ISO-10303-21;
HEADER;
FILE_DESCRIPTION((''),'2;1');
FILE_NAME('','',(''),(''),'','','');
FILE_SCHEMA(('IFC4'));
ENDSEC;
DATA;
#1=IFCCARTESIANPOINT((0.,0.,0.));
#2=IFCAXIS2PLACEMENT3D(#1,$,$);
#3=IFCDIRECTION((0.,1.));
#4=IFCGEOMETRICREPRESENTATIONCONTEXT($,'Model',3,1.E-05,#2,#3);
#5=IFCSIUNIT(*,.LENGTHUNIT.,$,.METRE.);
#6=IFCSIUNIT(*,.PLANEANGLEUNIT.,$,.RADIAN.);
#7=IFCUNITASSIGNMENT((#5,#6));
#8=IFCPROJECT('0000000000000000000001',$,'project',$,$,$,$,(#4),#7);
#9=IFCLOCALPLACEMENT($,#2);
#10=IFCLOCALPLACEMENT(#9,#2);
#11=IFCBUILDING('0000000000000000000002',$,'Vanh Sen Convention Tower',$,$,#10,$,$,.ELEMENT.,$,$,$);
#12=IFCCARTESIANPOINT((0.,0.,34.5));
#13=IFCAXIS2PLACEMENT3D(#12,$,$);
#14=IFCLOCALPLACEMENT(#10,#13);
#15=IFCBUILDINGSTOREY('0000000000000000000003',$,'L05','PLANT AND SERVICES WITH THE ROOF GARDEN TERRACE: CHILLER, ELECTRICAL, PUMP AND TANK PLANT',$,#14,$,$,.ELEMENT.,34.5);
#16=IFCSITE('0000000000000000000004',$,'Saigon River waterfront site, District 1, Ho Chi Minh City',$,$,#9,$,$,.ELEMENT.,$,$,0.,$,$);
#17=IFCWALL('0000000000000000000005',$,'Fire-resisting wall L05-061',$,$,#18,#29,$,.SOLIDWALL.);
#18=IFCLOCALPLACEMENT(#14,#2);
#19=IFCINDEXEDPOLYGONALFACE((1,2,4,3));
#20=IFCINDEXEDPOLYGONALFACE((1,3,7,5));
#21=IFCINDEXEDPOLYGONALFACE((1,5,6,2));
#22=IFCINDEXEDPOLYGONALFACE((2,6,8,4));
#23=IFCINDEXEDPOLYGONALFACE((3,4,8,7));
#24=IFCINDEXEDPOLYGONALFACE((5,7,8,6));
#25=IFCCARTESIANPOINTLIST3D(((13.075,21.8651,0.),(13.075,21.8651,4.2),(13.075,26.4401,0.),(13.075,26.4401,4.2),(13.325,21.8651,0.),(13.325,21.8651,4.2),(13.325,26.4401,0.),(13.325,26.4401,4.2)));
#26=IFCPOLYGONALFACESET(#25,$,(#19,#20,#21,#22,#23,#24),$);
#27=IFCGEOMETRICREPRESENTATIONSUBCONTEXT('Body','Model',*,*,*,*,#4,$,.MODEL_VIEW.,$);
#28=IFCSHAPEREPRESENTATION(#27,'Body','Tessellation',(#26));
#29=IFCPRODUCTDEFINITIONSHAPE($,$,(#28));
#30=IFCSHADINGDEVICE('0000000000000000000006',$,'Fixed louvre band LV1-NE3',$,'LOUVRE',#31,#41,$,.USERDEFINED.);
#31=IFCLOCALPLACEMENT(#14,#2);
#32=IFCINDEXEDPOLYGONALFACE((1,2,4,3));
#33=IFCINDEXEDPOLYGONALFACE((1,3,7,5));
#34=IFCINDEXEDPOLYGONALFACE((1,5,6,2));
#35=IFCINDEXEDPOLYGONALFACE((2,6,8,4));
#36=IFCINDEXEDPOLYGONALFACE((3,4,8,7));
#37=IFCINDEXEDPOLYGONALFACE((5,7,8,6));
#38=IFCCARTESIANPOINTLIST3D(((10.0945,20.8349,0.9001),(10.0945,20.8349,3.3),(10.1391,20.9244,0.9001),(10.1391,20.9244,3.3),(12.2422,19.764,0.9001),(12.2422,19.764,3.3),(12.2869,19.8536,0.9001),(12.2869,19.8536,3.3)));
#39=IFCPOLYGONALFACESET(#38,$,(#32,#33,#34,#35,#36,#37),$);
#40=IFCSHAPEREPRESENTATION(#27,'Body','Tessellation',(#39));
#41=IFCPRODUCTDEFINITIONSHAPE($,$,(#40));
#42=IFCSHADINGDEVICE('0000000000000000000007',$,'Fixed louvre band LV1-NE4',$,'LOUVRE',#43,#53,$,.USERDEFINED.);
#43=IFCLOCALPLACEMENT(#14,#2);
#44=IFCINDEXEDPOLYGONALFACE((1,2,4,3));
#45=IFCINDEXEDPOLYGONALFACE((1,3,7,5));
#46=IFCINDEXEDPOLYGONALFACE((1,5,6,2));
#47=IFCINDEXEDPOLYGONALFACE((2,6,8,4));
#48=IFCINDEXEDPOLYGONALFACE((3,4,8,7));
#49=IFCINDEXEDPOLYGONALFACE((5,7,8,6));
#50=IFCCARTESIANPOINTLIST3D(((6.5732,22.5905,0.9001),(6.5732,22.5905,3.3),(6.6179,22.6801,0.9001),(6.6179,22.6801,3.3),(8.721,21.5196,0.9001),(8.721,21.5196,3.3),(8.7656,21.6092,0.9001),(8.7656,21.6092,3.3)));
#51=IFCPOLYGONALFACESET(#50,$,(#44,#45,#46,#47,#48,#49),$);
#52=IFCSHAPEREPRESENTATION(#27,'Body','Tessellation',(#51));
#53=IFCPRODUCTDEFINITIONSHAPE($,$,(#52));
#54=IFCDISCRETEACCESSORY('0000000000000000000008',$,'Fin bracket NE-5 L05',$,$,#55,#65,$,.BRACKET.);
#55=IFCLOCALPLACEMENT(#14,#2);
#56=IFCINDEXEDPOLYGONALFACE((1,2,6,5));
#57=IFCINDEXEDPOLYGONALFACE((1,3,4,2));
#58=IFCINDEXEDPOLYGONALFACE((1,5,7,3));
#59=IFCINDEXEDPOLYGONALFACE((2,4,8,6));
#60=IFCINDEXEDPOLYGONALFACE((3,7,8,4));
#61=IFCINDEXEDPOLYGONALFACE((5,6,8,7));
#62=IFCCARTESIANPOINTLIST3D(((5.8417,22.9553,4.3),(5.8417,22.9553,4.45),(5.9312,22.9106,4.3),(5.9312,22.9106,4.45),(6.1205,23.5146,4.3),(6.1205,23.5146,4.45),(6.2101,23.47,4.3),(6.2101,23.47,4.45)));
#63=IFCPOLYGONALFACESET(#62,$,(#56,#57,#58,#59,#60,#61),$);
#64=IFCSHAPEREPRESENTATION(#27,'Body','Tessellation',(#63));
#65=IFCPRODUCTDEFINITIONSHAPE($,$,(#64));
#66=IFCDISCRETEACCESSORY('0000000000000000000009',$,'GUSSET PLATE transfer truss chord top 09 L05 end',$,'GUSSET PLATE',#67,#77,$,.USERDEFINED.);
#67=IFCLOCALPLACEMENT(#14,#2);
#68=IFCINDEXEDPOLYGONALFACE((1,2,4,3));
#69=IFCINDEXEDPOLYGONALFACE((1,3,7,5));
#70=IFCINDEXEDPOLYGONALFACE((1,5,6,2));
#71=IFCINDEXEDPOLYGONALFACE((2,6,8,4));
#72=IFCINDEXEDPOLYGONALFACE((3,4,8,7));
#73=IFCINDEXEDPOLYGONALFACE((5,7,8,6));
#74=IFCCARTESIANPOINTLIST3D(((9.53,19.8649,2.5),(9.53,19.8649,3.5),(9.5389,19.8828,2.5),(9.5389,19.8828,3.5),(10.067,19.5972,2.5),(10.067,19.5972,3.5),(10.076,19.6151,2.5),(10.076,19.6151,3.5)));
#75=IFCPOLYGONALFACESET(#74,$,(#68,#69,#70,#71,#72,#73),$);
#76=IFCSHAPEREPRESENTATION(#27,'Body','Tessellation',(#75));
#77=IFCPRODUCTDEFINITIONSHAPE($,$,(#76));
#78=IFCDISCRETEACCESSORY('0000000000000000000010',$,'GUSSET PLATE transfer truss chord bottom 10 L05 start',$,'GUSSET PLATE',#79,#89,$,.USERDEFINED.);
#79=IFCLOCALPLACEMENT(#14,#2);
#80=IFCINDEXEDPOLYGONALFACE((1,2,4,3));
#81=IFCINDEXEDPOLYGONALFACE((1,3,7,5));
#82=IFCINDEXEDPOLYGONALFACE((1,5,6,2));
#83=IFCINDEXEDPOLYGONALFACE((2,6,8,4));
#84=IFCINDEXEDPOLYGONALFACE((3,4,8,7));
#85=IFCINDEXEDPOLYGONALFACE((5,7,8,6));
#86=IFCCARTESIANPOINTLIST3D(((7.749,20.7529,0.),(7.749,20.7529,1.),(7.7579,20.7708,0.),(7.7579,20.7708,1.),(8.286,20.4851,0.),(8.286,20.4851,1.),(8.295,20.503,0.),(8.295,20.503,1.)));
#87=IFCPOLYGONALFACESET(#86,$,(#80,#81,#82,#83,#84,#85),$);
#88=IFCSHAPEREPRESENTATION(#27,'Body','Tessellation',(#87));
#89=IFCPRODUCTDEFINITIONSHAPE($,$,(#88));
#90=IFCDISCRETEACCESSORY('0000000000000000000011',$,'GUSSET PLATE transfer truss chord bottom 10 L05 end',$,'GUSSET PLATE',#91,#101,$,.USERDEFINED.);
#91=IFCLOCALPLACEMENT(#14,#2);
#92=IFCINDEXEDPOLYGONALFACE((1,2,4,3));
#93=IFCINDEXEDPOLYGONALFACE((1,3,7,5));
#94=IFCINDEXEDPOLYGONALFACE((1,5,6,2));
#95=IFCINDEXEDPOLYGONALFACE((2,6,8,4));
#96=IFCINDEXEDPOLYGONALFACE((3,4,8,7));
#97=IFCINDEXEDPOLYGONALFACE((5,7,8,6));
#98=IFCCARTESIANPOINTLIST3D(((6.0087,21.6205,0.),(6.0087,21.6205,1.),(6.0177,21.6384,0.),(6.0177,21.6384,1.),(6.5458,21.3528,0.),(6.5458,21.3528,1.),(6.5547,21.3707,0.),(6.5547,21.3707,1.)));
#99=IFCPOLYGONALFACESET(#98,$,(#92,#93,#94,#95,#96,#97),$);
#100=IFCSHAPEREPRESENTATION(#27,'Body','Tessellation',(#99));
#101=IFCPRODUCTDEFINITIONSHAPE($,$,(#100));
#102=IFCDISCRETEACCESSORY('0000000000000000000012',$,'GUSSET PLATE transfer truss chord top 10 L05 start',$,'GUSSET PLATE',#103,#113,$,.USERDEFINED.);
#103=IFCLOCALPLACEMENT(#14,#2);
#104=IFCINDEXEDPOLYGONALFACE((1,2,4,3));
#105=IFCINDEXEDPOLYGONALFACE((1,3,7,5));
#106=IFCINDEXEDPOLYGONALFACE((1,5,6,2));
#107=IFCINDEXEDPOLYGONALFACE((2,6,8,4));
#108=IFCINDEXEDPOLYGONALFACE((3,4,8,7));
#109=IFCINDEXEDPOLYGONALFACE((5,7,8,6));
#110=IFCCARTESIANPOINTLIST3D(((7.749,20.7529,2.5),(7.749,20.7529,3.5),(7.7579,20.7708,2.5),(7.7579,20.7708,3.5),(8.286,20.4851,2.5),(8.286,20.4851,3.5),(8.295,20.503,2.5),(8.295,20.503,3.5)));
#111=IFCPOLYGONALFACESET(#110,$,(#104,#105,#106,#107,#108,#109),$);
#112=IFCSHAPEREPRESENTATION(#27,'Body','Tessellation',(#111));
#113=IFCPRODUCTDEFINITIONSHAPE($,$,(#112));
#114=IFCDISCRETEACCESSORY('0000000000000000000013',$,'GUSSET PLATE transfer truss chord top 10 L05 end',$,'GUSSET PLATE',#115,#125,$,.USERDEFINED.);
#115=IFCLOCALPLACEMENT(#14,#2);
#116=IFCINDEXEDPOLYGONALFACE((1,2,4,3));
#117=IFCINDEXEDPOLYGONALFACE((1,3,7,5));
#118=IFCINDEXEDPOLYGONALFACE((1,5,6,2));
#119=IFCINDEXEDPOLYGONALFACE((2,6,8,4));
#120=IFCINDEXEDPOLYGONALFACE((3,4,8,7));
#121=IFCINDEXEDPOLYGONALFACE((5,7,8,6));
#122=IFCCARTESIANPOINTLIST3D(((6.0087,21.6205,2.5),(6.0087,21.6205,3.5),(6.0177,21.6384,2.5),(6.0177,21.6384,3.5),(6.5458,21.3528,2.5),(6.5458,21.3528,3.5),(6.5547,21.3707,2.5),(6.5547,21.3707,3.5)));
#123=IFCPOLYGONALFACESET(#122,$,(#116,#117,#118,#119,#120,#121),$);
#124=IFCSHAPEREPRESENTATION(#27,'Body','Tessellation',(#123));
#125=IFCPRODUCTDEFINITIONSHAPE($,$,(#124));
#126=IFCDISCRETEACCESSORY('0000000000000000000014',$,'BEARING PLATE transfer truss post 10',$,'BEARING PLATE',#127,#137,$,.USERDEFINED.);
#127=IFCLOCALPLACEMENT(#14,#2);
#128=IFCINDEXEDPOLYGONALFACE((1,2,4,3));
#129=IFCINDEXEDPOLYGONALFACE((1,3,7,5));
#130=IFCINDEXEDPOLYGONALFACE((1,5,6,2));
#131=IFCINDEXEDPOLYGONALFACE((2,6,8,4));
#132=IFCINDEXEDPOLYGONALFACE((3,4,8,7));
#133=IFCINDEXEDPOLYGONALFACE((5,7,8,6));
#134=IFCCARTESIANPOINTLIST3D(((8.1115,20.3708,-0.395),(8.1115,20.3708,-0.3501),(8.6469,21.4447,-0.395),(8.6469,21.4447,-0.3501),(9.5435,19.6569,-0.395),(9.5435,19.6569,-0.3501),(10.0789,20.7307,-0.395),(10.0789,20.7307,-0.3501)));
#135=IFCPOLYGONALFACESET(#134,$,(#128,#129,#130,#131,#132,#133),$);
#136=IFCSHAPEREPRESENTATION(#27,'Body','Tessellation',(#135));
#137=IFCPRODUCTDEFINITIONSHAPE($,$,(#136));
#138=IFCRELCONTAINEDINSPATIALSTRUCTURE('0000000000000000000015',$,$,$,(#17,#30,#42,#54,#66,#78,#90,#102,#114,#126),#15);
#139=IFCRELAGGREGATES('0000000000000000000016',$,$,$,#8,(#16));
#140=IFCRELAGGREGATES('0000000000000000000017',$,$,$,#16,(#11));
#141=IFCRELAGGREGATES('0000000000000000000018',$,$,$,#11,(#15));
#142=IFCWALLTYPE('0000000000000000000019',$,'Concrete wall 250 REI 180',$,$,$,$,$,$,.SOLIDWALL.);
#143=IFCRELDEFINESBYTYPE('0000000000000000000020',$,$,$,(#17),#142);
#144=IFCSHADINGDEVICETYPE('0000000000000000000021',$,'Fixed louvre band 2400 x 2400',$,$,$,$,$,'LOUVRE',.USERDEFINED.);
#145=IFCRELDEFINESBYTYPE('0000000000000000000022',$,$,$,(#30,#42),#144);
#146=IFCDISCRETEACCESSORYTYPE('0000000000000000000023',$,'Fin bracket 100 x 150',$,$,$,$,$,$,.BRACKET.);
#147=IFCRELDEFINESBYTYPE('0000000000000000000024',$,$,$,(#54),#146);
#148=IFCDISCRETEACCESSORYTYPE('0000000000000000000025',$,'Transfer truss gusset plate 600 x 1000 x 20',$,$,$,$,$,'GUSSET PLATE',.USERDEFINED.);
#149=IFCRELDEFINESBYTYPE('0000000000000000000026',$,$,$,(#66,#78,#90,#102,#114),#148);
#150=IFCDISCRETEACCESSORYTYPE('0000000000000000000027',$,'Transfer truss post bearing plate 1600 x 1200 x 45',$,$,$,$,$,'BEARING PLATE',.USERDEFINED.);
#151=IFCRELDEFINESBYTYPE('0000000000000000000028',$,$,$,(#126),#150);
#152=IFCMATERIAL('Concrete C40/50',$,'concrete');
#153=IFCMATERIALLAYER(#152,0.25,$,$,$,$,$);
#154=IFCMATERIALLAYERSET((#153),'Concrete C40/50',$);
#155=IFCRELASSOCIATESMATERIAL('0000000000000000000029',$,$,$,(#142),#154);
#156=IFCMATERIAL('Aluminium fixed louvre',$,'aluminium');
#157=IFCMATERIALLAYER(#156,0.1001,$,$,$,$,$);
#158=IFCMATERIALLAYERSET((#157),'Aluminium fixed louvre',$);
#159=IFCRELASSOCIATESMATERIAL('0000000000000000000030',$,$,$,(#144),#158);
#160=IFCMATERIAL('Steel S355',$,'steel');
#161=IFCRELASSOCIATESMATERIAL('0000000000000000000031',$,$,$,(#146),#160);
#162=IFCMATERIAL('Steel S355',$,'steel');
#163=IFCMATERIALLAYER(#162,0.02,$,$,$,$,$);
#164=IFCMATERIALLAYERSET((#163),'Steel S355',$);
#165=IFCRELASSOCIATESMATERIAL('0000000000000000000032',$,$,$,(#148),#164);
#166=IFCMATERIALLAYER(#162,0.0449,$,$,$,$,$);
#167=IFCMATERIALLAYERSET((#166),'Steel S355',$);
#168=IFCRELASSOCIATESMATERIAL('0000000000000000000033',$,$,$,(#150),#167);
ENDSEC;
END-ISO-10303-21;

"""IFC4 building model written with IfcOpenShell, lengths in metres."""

from ifc_helpers import new_model, si_unit, direction, frame, frame_2d, origin, origin_2d, place, context, subcontext, project, spatial, rectangle, extrude, material, layer, layer_set, type_object, element, save


model = new_model("IFC4")

# Units and contexts
model_context = context("Model", 3, precision=1e-05, world=origin(), true_north=direction((0.0, 1.0)))
body_context = subcontext(model_context, "Body", "Model", "MODEL_VIEW")
ifc_project = project(units=[si_unit("LENGTHUNIT", "METRE"), si_unit("PLANEANGLEUNIT", "RADIAN")], contexts=[model_context])

# Site, building, storey
site_placement = place(None, origin())
site = spatial("IfcSite", under=ifc_project, at=site_placement, Name="Saigon River waterfront site, District 1, Ho Chi Minh City", CompositionType="ELEMENT", RefElevation=0.0)
building_placement = place(site_placement, origin())
building = spatial("IfcBuilding", under=site, at=building_placement, Name="Vanh Sen Convention Tower", CompositionType="ELEMENT")
storey_placement = place(building_placement, frame((0.0, 0.0, 34.5)))
storey = spatial("IfcBuildingStorey", under=building, at=storey_placement, Name="L05", Description="PLANT AND SERVICES WITH THE ROOF GARDEN TERRACE: CHILLER, ELECTRICAL, PUMP AND TANK PLANT", CompositionType="ELEMENT", Elevation=34.5)

# Shared definitions
ifc_material_1 = material(Name="Steel S355", Category="steel")

# Wall
ifc_material_2 = material(Name="Concrete C40/50", Category="concrete")
ifc_layer_1 = layer(ifc_material_2, 0.25)
ifc_layer_set_1 = layer_set([ifc_layer_1], Name="Concrete C40/50")
wall_type = type_object("IfcWallType", Name="Concrete wall 250 REI 180", PredefinedType="SOLIDWALL", material=ifc_layer_set_1)
wall_placement = place(storey_placement, frame((13.2, 21.865, 0.0), z_axis=(0.0, 0.0, 1.0), x_axis=(0.0, 1.0, 0.0)))
element("IfcWall", 1, at=wall_placement, inside=storey, type_object=wall_type, Name="Fire-resisting wall L05-061", PredefinedType="SOLIDWALL", context=body_context, shape_type="SweptSolid", body=[
    extrude(rectangle(XDim=4.575, YDim=0.25, at=frame_2d((2.2876, 0.0))), origin(), (0.0, 0.0, 1.0), 4.2),
])

# Shading devices
ifc_material_3 = material(Name="Aluminium fixed louvre", Category="aluminium")
ifc_layer_2 = layer(ifc_material_3, 0.1001)
ifc_layer_set_2 = layer_set([ifc_layer_2], Name="Aluminium fixed louvre")
shading_device_type = type_object("IfcShadingDeviceType", Name="Fixed louvre band 2400 x 2400", ElementType="LOUVRE", PredefinedType="USERDEFINED", material=ifc_layer_set_2)
for number, where, z_axis, x_axis, name in (
    (2, (11.1907, 20.3442, 0.9001), (0.0, 0.0, 1.0), (-0.894934, 0.446199, 0.0), "Fixed louvre band LV1-NE3"),
    (3, (7.6694, 22.0999, 0.9001), (0.0, 0.0, 1.0), (-0.894934, 0.446199, 0.0), "Fixed louvre band LV1-NE4"),
):
    element("IfcShadingDevice", number, at=place(storey_placement, frame(where, z_axis=z_axis, x_axis=x_axis)), inside=storey, type_object=shading_device_type, Name=name, ObjectType="LOUVRE", PredefinedType="USERDEFINED", context=body_context, shape_type="SweptSolid", body=[
        extrude(rectangle(XDim=2.3999, YDim=0.1001, at=origin_2d()), origin(), (0.0, 0.0, 1.0), 2.3999),
    ])

# Discrete accessories
ifc_material_4 = material(Name="Steel S355", Category="steel")
discrete_accessory_type_1 = type_object("IfcDiscreteAccessoryType", Name="Fin bracket 100 x 150", PredefinedType="BRACKET", material=ifc_material_4)
discrete_accessory_1_placement = place(storey_placement, frame((6.0259, 23.2126, 4.3), z_axis=(0.0, 0.0, 1.0), x_axis=(0.446198, 0.894934, 0.0)))
element("IfcDiscreteAccessory", 4, at=discrete_accessory_1_placement, inside=storey, type_object=discrete_accessory_type_1, Name="Fin bracket NE-5 L05", PredefinedType="BRACKET", context=body_context, shape_type="SweptSolid", body=[
    extrude(rectangle(XDim=0.625, YDim=0.1001, at=origin_2d()), origin(), (0.0, 0.0, 1.0), 0.1499),
])
ifc_layer_3 = layer(ifc_material_1, 0.02)
ifc_layer_set_3 = layer_set([ifc_layer_3], Name="Steel S355")
discrete_accessory_type_2 = type_object("IfcDiscreteAccessoryType", Name="Transfer truss gusset plate 600 x 1000 x 20", ElementType="GUSSET PLATE", PredefinedType="USERDEFINED", material=ifc_layer_set_3)
for number, where, z_axis, x_axis, name in (
    (5, (9.803, 19.74, 2.5), (0.0, 0.0, 1.0), (0.894935, -0.446196, 0.0), "GUSSET PLATE transfer truss chord top 09 L05 end"),
    (6, (8.022, 20.6279, 0.0), (0.0, 0.0, 1.0), (-0.894935, 0.446196, 0.0), "GUSSET PLATE transfer truss chord bottom 10 L05 start"),
    (7, (6.2817, 21.4956, 0.0), (0.0, 0.0, 1.0), (0.894935, -0.446196, 0.0), "GUSSET PLATE transfer truss chord bottom 10 L05 end"),
    (8, (8.022, 20.6279, 2.5), (0.0, 0.0, 1.0), (-0.894935, 0.446196, 0.0), "GUSSET PLATE transfer truss chord top 10 L05 start"),
    (9, (6.2817, 21.4956, 2.5), (0.0, 0.0, 1.0), (0.894935, -0.446196, 0.0), "GUSSET PLATE transfer truss chord top 10 L05 end"),
):
    element("IfcDiscreteAccessory", number, at=place(storey_placement, frame(where, z_axis=z_axis, x_axis=x_axis)), inside=storey, type_object=discrete_accessory_type_2, Name=name, ObjectType="GUSSET PLATE", PredefinedType="USERDEFINED", context=body_context, shape_type="SweptSolid", body=[
        extrude(rectangle(XDim=0.6001, YDim=0.02, at=origin_2d()), origin(), (0.0, 0.0, 1.0), 1.0),
    ])
ifc_layer_4 = layer(ifc_material_1, 0.0449)
ifc_layer_set_4 = layer_set([ifc_layer_4], Name="Steel S355")
discrete_accessory_type_3 = type_object("IfcDiscreteAccessoryType", Name="Transfer truss post bearing plate 1600 x 1200 x 45", ElementType="BEARING PLATE", PredefinedType="USERDEFINED", material=ifc_layer_set_4)
discrete_accessory_2_placement = place(storey_placement, frame((9.0952, 20.5508, -0.395), z_axis=(0.0, 0.0, 1.0), x_axis=(-0.894934, 0.446198, 0.0)))
element("IfcDiscreteAccessory", 10, at=discrete_accessory_2_placement, inside=storey, type_object=discrete_accessory_type_3, Name="BEARING PLATE transfer truss post 10", ObjectType="BEARING PLATE", PredefinedType="USERDEFINED", context=body_context, shape_type="SweptSolid", body=[
    extrude(rectangle(XDim=1.6001, YDim=1.2, at=origin_2d()), origin(), (0.0, 0.0, 1.0), 0.0449),
])

save(model, "model.ifc")
